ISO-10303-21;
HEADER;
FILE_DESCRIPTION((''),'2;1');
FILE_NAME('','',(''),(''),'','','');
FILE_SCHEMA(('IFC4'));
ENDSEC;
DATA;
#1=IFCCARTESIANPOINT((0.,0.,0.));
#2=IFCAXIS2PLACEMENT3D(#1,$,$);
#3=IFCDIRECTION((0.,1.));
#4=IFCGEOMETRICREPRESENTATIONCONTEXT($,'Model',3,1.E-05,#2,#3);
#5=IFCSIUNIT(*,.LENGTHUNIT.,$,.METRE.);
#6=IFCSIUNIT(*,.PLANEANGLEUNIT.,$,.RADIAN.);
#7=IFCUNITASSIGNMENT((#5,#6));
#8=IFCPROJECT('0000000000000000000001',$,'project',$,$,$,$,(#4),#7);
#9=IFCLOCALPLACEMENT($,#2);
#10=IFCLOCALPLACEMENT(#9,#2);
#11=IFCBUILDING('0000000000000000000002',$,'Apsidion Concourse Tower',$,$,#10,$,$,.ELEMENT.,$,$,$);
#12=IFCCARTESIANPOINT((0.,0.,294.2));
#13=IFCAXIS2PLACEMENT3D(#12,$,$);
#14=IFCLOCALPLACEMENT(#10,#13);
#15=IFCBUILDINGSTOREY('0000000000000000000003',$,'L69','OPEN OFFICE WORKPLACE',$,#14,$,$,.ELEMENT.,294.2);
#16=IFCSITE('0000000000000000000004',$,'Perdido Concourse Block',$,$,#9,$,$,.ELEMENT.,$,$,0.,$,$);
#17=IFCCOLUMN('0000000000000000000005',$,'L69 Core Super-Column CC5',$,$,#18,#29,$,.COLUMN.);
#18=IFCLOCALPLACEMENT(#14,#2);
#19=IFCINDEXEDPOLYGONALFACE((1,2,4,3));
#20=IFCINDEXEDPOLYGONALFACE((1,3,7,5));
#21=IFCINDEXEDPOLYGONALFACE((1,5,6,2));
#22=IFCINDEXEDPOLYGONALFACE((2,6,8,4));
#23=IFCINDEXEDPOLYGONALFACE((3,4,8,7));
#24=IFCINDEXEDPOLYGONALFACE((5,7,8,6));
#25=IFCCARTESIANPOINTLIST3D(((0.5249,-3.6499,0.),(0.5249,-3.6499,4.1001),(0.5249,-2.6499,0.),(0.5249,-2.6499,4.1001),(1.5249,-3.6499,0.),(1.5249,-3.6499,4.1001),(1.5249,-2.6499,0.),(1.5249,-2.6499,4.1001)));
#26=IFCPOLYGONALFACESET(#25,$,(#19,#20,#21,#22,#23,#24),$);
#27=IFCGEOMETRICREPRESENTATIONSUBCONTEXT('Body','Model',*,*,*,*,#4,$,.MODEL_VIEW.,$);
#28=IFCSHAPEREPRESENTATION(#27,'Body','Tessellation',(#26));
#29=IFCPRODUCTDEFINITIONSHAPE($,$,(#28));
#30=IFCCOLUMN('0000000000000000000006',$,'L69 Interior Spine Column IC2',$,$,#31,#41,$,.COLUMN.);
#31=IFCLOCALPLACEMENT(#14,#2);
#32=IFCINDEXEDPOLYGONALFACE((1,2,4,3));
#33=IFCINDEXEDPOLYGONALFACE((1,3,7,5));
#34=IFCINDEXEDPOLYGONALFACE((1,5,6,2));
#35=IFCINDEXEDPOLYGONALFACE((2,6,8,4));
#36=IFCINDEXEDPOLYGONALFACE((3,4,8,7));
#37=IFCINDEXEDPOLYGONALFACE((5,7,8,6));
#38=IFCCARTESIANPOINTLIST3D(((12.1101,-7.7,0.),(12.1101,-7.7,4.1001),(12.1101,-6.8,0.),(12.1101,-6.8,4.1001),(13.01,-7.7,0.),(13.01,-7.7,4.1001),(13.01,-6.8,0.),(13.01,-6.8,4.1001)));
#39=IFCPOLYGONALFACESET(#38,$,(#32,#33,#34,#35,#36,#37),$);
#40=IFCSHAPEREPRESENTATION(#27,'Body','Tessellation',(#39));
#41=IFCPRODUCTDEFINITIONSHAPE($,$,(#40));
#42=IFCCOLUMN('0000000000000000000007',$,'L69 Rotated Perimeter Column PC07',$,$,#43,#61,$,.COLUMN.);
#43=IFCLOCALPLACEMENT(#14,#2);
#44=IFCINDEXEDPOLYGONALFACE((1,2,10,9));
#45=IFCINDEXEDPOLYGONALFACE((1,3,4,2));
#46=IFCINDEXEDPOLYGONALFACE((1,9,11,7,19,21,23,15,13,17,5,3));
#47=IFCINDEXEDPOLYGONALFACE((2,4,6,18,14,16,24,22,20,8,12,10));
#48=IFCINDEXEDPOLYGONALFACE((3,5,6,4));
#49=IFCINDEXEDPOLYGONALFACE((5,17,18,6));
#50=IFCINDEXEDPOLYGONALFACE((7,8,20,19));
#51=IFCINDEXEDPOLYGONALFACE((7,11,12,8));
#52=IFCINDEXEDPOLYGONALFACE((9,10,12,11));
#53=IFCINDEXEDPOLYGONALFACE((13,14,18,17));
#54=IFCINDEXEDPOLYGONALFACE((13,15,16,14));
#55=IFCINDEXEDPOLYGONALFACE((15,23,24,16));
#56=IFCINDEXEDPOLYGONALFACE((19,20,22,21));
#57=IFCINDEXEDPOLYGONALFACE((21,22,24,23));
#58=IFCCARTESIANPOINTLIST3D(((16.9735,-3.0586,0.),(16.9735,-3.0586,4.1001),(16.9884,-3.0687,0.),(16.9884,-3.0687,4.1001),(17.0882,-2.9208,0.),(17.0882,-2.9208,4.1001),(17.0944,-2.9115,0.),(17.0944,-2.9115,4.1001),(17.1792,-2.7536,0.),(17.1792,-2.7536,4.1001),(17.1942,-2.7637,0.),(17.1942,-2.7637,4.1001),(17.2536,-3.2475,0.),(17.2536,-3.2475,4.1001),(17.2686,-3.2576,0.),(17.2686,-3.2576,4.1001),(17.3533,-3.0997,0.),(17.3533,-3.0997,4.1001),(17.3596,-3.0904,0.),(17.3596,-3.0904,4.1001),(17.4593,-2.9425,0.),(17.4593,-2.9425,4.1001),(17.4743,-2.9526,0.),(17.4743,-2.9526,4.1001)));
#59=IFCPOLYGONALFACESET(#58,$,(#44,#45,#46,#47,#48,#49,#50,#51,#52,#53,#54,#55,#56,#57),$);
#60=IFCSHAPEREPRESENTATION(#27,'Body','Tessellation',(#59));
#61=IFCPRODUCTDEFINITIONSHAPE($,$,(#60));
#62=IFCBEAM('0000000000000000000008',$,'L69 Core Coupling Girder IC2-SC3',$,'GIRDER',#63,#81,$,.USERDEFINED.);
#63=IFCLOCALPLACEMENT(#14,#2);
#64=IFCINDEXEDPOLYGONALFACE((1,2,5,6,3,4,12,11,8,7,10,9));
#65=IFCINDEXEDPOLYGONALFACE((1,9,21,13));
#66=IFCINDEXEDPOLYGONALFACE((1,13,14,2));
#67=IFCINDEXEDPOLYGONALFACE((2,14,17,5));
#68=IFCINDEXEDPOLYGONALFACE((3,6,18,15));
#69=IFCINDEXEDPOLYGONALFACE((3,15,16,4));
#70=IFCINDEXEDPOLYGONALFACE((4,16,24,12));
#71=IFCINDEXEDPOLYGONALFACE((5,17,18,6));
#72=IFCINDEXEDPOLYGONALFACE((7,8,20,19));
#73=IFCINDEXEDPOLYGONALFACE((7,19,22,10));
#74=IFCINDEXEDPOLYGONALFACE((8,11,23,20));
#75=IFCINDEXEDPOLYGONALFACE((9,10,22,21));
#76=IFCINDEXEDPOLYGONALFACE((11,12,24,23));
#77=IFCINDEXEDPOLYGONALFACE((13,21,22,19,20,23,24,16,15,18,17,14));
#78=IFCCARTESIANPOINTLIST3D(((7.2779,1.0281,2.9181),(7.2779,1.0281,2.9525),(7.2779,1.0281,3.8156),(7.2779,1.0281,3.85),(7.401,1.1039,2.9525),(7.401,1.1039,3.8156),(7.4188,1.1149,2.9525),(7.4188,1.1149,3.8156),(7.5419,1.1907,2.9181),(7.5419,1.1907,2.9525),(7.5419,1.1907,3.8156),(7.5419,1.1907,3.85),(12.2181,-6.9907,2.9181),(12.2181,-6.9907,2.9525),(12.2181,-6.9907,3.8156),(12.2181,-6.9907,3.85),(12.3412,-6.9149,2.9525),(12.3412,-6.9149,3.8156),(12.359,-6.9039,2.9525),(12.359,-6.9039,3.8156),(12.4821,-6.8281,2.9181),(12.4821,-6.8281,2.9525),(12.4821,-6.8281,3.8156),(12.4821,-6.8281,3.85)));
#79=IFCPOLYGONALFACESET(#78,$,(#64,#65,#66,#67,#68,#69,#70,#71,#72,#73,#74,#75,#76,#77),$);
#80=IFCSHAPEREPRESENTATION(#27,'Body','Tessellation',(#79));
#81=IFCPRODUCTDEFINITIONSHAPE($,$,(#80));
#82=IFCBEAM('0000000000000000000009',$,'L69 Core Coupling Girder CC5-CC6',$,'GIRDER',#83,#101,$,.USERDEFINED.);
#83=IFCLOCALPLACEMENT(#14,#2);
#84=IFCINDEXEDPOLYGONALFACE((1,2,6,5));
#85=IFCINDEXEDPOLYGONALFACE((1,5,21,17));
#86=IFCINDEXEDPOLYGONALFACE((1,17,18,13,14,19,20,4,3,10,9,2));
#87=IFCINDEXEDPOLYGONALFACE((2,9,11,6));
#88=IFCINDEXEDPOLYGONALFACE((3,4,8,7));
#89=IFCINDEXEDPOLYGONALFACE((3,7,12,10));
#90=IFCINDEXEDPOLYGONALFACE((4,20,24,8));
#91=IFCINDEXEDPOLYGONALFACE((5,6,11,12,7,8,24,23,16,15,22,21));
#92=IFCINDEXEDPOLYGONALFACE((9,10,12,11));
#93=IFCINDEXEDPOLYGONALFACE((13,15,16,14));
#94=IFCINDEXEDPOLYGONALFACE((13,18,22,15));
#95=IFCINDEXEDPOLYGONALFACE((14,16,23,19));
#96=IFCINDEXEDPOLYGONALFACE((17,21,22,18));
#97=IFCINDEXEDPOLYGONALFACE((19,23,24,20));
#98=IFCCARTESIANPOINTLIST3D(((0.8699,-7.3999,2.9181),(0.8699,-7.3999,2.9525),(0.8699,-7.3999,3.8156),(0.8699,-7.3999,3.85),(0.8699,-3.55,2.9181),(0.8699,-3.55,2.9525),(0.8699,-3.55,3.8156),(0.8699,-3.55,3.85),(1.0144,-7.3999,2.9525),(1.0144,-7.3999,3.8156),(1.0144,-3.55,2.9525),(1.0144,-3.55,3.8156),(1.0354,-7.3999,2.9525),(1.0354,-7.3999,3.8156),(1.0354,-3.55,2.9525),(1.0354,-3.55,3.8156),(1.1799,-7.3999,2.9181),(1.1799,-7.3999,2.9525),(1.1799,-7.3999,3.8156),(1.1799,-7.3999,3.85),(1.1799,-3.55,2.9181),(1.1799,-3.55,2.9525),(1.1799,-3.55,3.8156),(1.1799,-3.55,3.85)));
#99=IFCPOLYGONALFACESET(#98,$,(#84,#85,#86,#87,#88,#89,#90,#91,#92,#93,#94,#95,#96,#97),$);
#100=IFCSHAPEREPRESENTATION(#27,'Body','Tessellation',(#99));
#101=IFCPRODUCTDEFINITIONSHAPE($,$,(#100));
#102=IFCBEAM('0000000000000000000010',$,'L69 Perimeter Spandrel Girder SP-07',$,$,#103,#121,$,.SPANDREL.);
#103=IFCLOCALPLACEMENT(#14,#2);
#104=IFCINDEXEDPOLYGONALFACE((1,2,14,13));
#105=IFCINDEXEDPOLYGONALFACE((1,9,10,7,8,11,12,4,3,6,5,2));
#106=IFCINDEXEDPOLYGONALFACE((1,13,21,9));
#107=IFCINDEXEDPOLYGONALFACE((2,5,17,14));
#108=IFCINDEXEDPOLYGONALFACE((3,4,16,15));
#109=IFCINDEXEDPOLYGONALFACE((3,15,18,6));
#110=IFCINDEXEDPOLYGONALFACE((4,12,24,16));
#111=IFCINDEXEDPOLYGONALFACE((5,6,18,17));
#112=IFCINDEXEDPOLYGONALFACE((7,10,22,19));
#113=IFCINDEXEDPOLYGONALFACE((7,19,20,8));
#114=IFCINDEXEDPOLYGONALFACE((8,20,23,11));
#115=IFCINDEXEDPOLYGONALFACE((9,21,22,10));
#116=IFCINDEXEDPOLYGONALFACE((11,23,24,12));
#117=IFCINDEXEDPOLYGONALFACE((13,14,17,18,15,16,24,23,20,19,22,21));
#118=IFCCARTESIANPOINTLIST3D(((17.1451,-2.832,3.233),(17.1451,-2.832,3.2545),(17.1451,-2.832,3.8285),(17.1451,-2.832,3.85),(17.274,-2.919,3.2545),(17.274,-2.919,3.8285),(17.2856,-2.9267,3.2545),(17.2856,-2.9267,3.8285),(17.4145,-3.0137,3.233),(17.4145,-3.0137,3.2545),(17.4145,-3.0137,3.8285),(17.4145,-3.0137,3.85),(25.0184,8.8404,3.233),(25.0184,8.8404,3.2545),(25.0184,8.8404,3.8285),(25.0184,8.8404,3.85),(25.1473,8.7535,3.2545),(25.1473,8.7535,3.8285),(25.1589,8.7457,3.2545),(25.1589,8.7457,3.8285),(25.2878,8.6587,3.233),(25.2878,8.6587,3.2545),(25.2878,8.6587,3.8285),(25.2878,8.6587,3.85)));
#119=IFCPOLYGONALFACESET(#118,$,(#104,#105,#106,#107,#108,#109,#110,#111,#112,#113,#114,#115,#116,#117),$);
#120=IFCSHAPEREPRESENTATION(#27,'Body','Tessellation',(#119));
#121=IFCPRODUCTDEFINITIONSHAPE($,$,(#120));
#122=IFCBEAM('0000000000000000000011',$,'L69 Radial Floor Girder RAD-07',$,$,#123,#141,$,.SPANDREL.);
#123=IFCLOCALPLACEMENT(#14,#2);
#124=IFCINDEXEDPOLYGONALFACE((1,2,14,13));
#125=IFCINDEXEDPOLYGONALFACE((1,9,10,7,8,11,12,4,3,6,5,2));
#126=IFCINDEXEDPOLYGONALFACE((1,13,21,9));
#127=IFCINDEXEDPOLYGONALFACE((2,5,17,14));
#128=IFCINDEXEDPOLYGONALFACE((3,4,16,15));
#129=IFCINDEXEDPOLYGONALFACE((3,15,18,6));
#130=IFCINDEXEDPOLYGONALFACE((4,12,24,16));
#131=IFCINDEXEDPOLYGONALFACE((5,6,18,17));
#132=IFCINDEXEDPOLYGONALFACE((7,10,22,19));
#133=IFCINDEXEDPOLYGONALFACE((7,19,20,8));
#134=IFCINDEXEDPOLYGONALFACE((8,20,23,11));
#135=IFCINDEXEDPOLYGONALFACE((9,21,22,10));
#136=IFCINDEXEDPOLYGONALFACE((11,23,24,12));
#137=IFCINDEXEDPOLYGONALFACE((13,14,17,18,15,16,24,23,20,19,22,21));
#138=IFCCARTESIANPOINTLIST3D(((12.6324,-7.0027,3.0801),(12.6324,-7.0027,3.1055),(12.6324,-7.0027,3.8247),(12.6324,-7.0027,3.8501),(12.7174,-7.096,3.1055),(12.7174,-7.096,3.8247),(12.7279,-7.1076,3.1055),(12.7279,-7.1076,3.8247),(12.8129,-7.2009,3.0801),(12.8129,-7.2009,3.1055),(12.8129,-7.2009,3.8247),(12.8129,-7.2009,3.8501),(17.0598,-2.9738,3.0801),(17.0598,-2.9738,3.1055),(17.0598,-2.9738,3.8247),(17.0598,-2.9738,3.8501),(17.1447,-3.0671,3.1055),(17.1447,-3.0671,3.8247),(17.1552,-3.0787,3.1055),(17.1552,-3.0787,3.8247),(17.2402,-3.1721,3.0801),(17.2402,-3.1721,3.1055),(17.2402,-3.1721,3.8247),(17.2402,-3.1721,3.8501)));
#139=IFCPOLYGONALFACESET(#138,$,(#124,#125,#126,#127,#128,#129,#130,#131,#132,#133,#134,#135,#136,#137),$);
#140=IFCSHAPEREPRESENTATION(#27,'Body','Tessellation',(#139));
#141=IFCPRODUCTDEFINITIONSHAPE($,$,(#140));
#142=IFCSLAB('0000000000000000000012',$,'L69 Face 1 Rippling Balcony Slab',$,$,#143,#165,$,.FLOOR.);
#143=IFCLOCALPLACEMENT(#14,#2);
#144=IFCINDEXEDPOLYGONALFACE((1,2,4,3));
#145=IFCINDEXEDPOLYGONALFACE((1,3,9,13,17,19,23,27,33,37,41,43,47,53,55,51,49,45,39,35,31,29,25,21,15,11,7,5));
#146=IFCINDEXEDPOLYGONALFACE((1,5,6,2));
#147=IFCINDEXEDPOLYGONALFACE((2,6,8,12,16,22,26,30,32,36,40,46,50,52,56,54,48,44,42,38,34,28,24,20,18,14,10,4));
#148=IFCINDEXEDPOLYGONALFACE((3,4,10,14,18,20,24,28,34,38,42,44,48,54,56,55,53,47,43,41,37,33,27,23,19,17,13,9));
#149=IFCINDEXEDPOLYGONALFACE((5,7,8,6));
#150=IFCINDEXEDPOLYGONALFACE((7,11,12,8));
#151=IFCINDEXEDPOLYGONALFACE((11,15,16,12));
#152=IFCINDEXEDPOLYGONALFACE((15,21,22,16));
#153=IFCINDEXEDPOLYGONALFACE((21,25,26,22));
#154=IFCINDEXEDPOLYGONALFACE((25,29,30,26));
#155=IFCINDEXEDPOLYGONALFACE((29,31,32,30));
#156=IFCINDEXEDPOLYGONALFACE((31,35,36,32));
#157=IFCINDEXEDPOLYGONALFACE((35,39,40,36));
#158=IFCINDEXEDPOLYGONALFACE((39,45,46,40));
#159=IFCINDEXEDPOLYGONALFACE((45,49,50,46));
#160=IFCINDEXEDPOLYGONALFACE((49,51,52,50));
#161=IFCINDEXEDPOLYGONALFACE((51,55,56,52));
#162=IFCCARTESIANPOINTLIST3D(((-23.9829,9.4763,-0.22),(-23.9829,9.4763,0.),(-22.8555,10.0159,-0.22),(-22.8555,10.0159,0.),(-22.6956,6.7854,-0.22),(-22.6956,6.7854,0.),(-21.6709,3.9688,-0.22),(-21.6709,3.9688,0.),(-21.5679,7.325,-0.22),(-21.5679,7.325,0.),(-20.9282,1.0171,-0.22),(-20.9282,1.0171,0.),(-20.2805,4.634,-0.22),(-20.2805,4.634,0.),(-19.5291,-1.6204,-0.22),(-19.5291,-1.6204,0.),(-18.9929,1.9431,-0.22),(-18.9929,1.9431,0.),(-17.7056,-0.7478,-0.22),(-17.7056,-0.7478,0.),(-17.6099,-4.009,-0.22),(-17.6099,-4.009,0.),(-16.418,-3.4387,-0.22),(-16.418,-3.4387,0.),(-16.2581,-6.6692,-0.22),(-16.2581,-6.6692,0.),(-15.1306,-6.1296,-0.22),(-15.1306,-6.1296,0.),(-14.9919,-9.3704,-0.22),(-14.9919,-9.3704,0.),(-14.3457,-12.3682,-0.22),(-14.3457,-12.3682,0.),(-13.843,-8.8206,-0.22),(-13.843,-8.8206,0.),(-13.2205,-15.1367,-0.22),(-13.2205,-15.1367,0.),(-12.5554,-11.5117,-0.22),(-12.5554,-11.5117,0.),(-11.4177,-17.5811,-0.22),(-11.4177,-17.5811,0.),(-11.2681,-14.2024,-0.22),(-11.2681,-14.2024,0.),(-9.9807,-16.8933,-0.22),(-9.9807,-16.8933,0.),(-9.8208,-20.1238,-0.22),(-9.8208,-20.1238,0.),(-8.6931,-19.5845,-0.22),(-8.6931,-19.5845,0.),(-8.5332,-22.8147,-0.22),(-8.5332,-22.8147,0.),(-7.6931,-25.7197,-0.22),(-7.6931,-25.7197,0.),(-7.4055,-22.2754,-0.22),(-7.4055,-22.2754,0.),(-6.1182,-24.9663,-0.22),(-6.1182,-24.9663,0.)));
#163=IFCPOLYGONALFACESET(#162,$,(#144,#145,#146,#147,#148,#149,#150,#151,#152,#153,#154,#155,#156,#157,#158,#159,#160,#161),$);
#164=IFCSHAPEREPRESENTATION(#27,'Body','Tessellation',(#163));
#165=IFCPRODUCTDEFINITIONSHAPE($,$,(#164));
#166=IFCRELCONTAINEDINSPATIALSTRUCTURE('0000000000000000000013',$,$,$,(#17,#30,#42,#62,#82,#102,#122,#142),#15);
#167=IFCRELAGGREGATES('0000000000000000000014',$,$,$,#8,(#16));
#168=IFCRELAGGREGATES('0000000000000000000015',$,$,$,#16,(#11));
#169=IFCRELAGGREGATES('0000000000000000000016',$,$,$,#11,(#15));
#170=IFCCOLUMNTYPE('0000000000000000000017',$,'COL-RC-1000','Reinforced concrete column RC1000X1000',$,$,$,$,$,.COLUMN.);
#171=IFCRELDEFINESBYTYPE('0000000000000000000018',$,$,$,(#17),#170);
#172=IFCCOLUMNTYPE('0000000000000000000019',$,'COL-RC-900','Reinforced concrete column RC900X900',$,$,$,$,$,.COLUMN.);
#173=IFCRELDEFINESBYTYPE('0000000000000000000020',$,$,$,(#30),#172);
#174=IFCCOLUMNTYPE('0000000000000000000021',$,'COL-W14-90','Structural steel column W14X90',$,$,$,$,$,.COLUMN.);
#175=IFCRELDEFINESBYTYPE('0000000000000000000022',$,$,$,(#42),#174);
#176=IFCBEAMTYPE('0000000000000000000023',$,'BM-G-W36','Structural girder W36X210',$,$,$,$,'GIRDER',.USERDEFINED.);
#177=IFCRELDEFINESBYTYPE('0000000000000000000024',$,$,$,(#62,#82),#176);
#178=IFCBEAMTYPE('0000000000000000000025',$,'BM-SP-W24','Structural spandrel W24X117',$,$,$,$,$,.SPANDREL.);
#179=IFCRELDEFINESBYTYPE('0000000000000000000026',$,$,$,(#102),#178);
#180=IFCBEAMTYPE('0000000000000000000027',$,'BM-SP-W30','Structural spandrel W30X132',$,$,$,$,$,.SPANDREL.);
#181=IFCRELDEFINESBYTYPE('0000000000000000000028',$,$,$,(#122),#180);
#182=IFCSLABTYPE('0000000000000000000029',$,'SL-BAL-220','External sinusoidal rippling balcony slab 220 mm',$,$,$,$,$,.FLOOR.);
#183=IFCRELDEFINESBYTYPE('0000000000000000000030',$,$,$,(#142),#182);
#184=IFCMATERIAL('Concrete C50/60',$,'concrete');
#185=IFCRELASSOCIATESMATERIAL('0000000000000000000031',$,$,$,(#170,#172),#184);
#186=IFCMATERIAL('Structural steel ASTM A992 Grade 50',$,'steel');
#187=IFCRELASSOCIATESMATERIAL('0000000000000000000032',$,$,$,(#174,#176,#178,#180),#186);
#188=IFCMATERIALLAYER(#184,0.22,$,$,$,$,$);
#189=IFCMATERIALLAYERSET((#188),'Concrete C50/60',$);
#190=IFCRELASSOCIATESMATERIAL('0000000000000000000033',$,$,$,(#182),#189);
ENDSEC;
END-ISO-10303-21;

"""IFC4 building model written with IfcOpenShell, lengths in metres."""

from ifc_helpers import new_model, si_unit, direction, frame, origin, origin_2d, place, context, subcontext, project, spatial, polyline, rectangle, i_section, outline, extrude, material, layer, layer_set, material_profile, profile_set, type_object, element, save


model = new_model("IFC4")

# Units and contexts
model_context = context("Model", 3, precision=1e-05, world=origin(), true_north=direction((0.0, 1.0)))
body_context = subcontext(model_context, "Body", "Model", "MODEL_VIEW")
ifc_project = project(units=[si_unit("LENGTHUNIT", "METRE"), si_unit("PLANEANGLEUNIT", "RADIAN")], contexts=[model_context])

# Site, building, storey
site_placement = place(None, origin())
site = spatial("IfcSite", under=ifc_project, at=site_placement, Name="Perdido Concourse Block", CompositionType="ELEMENT", RefElevation=0.0)
building_placement = place(site_placement, origin())
building = spatial("IfcBuilding", under=site, at=building_placement, Name="Apsidion Concourse Tower", CompositionType="ELEMENT")
storey_placement = place(building_placement, frame((0.0, 0.0, 294.2)))
storey = spatial("IfcBuildingStorey", under=building, at=storey_placement, Name="L69", Description="OPEN OFFICE WORKPLACE", CompositionType="ELEMENT", Elevation=294.2)

# Columns
ifc_material_1 = material(Name="Concrete C50/60", Category="concrete")
ifc_material_profile_1 = material_profile(ifc_material_1, rectangle(XDim=1.0, YDim=1.0, at=origin_2d()), Name="RC 1000x1000")
ifc_profile_set_1 = profile_set([ifc_material_profile_1], Name="Concrete C50/60")
column_type_1 = type_object("IfcColumnType", Name="COL-RC-1000", Description="Reinforced concrete column RC1000X1000", PredefinedType="COLUMN", material=ifc_profile_set_1)
column_1_placement = place(storey_placement, frame((1.0249, -3.1499, 0.0), z_axis=(0.0, 0.0, 1.0), x_axis=(1.0, 0.0, 0.0)))
element("IfcColumn", 1, at=column_1_placement, inside=storey, type_object=column_type_1, Name="L69 Core Super-Column CC5", PredefinedType="COLUMN", context=body_context, shape_type="SweptSolid", body=[
    extrude(rectangle(XDim=1.0, YDim=1.0, at=origin_2d()), origin(), (0.0, 0.0, 1.0), 4.1001),
])
ifc_material_profile_2 = material_profile(ifc_material_1, rectangle(XDim=0.8999, YDim=0.8999, at=origin_2d()), Name="RC 900x900")
ifc_profile_set_2 = profile_set([ifc_material_profile_2], Name="Concrete C50/60")
column_type_2 = type_object("IfcColumnType", Name="COL-RC-900", Description="Reinforced concrete column RC900X900", PredefinedType="COLUMN", material=ifc_profile_set_2)
column_2_placement = place(storey_placement, frame((12.5601, -7.25, 0.0), z_axis=(0.0, 0.0, 1.0), x_axis=(1.0, 0.0, 0.0)))
element("IfcColumn", 2, at=column_2_placement, inside=storey, type_object=column_type_2, Name="L69 Interior Spine Column IC2", PredefinedType="COLUMN", context=body_context, shape_type="SweptSolid", body=[
    extrude(rectangle(XDim=0.8999, YDim=0.8999, at=origin_2d()), origin(), (0.0, 0.0, 1.0), 4.1001),
])
ifc_material_2 = material(Name="Structural steel ASTM A992 Grade 50", Category="steel")
ifc_material_profile_3 = material_profile(ifc_material_2, i_section(OverallWidth=0.3679, OverallDepth=0.356, WebThickness=0.0112, FlangeThickness=0.0181, at=origin_2d()), Name="W14X90")
ifc_profile_set_3 = profile_set([ifc_material_profile_3], Name="Structural steel ASTM A992 Grade 50")
column_type_3 = type_object("IfcColumnType", Name="COL-W14-90", Description="Structural steel column W14X90", PredefinedType="COLUMN", material=ifc_profile_set_3)
column_3_placement = place(storey_placement, frame((17.2239, -3.0056, 0.0), z_axis=(0.0, 0.0, 1.0), x_axis=(0.559193, 0.829038, 0.0)))
element("IfcColumn", 3, at=column_3_placement, inside=storey, type_object=column_type_3, Name="L69 Rotated Perimeter Column PC07", PredefinedType="COLUMN", context=body_context, shape_type="SweptSolid", body=[
    extrude(i_section(OverallWidth=0.3679, OverallDepth=0.356, WebThickness=0.0112, FlangeThickness=0.0181, at=origin_2d()), origin(), (0.0, 0.0, 1.0), 4.1001),
])

# Beams
ifc_material_profile_4 = material_profile(ifc_material_2, i_section(OverallWidth=0.3101, OverallDepth=0.9319, WebThickness=0.021, FlangeThickness=0.0344, at=origin_2d()), Name="W36X210")
ifc_profile_set_4 = profile_set([ifc_material_profile_4], Name="Structural steel ASTM A992 Grade 50")
beam_type_1 = type_object("IfcBeamType", Name="BM-G-W36", Description="Structural girder W36X210", ElementType="GIRDER", PredefinedType="USERDEFINED", material=ifc_profile_set_4)
beam_1_placement = place(storey_placement, frame((12.3501, -6.9094, 3.384), z_axis=(-0.524524, 0.851396, 0.0), x_axis=(-0.851396, -0.524524, 0.0)))
element("IfcBeam", 4, at=beam_1_placement, inside=storey, type_object=beam_type_1, Name="L69 Core Coupling Girder IC2-SC3", ObjectType="GIRDER", PredefinedType="USERDEFINED", context=body_context, shape_type="SweptSolid", body=[
    extrude(i_section(OverallWidth=0.3101, OverallDepth=0.9319, WebThickness=0.021, FlangeThickness=0.0344, at=origin_2d()), origin(), (0.0, 0.0, 1.0), 9.4185),
])
beam_2_placement = place(storey_placement, frame((1.0249, -3.55, 3.384), z_axis=(0.0, -1.0, 0.0), x_axis=(1.0, 0.0, 0.0)))
element("IfcBeam", 5, at=beam_2_placement, inside=storey, type_object=beam_type_1, Name="L69 Core Coupling Girder CC5-CC6", ObjectType="GIRDER", PredefinedType="USERDEFINED", context=body_context, shape_type="SweptSolid", body=[
    extrude(i_section(OverallWidth=0.3101, OverallDepth=0.9319, WebThickness=0.021, FlangeThickness=0.0344, at=origin_2d()), origin(), (0.0, 0.0, 1.0), 3.8499),
])
ifc_material_profile_5 = material_profile(ifc_material_2, i_section(OverallWidth=0.325, OverallDepth=0.6169, WebThickness=0.0139, FlangeThickness=0.0215, at=origin_2d()), Name="W24X117")
ifc_profile_set_5 = profile_set([ifc_material_profile_5], Name="Structural steel ASTM A992 Grade 50")
beam_type_2 = type_object("IfcBeamType", Name="BM-SP-W24", Description="Structural spandrel W24X117", PredefinedType="SPANDREL", material=ifc_profile_set_5)
beam_3_placement = place(storey_placement, frame((17.2798, -2.9229, 3.5415), z_axis=(0.559202, 0.829032, 0.0), x_axis=(-0.829032, 0.559202, 0.0)))
element("IfcBeam", 6, at=beam_3_placement, inside=storey, type_object=beam_type_2, Name="L69 Perimeter Spandrel Girder SP-07", PredefinedType="SPANDREL", context=body_context, shape_type="SweptSolid", body=[
    extrude(i_section(OverallWidth=0.325, OverallDepth=0.6169, WebThickness=0.0139, FlangeThickness=0.0215, at=origin_2d()), origin(), (0.0, 0.0, 1.0), 14.0796),
])
ifc_material_profile_6 = material_profile(ifc_material_2, i_section(OverallWidth=0.2681, OverallDepth=0.77, WebThickness=0.0156, FlangeThickness=0.0254, at=origin_2d()), Name="W30X132")
ifc_profile_set_6 = profile_set([ifc_material_profile_6], Name="Structural steel ASTM A992 Grade 50")
beam_type_3 = type_object("IfcBeamType", Name="BM-SP-W30", Description="Structural spandrel W30X132", PredefinedType="SPANDREL", material=ifc_profile_set_6)
beam_4_placement = place(storey_placement, frame((12.7227, -7.1018, 3.4651), z_axis=(0.739604, 0.673042, 0.0), x_axis=(-0.673042, 0.739604, 0.0)))
element("IfcBeam", 7, at=beam_4_placement, inside=storey, type_object=beam_type_3, Name="L69 Radial Floor Girder RAD-07", PredefinedType="SPANDREL", context=body_context, shape_type="SweptSolid", body=[
    extrude(i_section(OverallWidth=0.2681, OverallDepth=0.77, WebThickness=0.0156, FlangeThickness=0.0254, at=origin_2d()), origin(), (0.0, 0.0, 1.0), 5.9861),
])

# Slab
ifc_layer_1 = layer(ifc_material_1, 0.22)
ifc_layer_set_1 = layer_set([ifc_layer_1], Name="Concrete C50/60")
slab_type_1 = type_object("IfcSlabType", Name="SL-BAL-220", Description="External sinusoidal rippling balcony slab 220 mm", PredefinedType="FLOOR", material=ifc_layer_set_1)
slab_1_placement = place(storey_placement, frame((0.0, 0.0, -0.22)))
element("IfcSlab", 8, at=slab_1_placement, inside=storey, type_object=slab_type_1, Name="L69 Face 1 Rippling Balcony Slab", PredefinedType="FLOOR", context=body_context, shape_type="SweptSolid", body=[
    extrude(outline(polyline([(-22.8555, 10.0159), (-21.5679, 7.325), (-20.2805, 4.634), (-18.9929, 1.9431), (-17.7056, -0.7478), (-16.418, -3.4387), (-15.1306, -6.1296), (-13.843, -8.8206), (-12.5554, -11.5117), (-11.2681, -14.2024), (-9.9807, -16.8933), (-8.6931, -19.5845), (-7.4055, -22.2754), (-6.1182, -24.9663), (-7.6931, -25.7197), (-8.5332, -22.8147), (-9.8208, -20.1238), (-11.4177, -17.5811), (-13.2205, -15.1367), (-14.3457, -12.3682), (-14.9919, -9.3704), (-16.2581, -6.6692), (-17.6099, -4.009), (-19.5291, -1.6204), (-20.9282, 1.0171), (-21.6709, 3.9688), (-22.6956, 6.7854), (-23.9829, 9.4763), (-22.8555, 10.0159)])), origin(), (0.0, 0.0, 1.0), 0.22),
])

save(model, "model.ifc")
